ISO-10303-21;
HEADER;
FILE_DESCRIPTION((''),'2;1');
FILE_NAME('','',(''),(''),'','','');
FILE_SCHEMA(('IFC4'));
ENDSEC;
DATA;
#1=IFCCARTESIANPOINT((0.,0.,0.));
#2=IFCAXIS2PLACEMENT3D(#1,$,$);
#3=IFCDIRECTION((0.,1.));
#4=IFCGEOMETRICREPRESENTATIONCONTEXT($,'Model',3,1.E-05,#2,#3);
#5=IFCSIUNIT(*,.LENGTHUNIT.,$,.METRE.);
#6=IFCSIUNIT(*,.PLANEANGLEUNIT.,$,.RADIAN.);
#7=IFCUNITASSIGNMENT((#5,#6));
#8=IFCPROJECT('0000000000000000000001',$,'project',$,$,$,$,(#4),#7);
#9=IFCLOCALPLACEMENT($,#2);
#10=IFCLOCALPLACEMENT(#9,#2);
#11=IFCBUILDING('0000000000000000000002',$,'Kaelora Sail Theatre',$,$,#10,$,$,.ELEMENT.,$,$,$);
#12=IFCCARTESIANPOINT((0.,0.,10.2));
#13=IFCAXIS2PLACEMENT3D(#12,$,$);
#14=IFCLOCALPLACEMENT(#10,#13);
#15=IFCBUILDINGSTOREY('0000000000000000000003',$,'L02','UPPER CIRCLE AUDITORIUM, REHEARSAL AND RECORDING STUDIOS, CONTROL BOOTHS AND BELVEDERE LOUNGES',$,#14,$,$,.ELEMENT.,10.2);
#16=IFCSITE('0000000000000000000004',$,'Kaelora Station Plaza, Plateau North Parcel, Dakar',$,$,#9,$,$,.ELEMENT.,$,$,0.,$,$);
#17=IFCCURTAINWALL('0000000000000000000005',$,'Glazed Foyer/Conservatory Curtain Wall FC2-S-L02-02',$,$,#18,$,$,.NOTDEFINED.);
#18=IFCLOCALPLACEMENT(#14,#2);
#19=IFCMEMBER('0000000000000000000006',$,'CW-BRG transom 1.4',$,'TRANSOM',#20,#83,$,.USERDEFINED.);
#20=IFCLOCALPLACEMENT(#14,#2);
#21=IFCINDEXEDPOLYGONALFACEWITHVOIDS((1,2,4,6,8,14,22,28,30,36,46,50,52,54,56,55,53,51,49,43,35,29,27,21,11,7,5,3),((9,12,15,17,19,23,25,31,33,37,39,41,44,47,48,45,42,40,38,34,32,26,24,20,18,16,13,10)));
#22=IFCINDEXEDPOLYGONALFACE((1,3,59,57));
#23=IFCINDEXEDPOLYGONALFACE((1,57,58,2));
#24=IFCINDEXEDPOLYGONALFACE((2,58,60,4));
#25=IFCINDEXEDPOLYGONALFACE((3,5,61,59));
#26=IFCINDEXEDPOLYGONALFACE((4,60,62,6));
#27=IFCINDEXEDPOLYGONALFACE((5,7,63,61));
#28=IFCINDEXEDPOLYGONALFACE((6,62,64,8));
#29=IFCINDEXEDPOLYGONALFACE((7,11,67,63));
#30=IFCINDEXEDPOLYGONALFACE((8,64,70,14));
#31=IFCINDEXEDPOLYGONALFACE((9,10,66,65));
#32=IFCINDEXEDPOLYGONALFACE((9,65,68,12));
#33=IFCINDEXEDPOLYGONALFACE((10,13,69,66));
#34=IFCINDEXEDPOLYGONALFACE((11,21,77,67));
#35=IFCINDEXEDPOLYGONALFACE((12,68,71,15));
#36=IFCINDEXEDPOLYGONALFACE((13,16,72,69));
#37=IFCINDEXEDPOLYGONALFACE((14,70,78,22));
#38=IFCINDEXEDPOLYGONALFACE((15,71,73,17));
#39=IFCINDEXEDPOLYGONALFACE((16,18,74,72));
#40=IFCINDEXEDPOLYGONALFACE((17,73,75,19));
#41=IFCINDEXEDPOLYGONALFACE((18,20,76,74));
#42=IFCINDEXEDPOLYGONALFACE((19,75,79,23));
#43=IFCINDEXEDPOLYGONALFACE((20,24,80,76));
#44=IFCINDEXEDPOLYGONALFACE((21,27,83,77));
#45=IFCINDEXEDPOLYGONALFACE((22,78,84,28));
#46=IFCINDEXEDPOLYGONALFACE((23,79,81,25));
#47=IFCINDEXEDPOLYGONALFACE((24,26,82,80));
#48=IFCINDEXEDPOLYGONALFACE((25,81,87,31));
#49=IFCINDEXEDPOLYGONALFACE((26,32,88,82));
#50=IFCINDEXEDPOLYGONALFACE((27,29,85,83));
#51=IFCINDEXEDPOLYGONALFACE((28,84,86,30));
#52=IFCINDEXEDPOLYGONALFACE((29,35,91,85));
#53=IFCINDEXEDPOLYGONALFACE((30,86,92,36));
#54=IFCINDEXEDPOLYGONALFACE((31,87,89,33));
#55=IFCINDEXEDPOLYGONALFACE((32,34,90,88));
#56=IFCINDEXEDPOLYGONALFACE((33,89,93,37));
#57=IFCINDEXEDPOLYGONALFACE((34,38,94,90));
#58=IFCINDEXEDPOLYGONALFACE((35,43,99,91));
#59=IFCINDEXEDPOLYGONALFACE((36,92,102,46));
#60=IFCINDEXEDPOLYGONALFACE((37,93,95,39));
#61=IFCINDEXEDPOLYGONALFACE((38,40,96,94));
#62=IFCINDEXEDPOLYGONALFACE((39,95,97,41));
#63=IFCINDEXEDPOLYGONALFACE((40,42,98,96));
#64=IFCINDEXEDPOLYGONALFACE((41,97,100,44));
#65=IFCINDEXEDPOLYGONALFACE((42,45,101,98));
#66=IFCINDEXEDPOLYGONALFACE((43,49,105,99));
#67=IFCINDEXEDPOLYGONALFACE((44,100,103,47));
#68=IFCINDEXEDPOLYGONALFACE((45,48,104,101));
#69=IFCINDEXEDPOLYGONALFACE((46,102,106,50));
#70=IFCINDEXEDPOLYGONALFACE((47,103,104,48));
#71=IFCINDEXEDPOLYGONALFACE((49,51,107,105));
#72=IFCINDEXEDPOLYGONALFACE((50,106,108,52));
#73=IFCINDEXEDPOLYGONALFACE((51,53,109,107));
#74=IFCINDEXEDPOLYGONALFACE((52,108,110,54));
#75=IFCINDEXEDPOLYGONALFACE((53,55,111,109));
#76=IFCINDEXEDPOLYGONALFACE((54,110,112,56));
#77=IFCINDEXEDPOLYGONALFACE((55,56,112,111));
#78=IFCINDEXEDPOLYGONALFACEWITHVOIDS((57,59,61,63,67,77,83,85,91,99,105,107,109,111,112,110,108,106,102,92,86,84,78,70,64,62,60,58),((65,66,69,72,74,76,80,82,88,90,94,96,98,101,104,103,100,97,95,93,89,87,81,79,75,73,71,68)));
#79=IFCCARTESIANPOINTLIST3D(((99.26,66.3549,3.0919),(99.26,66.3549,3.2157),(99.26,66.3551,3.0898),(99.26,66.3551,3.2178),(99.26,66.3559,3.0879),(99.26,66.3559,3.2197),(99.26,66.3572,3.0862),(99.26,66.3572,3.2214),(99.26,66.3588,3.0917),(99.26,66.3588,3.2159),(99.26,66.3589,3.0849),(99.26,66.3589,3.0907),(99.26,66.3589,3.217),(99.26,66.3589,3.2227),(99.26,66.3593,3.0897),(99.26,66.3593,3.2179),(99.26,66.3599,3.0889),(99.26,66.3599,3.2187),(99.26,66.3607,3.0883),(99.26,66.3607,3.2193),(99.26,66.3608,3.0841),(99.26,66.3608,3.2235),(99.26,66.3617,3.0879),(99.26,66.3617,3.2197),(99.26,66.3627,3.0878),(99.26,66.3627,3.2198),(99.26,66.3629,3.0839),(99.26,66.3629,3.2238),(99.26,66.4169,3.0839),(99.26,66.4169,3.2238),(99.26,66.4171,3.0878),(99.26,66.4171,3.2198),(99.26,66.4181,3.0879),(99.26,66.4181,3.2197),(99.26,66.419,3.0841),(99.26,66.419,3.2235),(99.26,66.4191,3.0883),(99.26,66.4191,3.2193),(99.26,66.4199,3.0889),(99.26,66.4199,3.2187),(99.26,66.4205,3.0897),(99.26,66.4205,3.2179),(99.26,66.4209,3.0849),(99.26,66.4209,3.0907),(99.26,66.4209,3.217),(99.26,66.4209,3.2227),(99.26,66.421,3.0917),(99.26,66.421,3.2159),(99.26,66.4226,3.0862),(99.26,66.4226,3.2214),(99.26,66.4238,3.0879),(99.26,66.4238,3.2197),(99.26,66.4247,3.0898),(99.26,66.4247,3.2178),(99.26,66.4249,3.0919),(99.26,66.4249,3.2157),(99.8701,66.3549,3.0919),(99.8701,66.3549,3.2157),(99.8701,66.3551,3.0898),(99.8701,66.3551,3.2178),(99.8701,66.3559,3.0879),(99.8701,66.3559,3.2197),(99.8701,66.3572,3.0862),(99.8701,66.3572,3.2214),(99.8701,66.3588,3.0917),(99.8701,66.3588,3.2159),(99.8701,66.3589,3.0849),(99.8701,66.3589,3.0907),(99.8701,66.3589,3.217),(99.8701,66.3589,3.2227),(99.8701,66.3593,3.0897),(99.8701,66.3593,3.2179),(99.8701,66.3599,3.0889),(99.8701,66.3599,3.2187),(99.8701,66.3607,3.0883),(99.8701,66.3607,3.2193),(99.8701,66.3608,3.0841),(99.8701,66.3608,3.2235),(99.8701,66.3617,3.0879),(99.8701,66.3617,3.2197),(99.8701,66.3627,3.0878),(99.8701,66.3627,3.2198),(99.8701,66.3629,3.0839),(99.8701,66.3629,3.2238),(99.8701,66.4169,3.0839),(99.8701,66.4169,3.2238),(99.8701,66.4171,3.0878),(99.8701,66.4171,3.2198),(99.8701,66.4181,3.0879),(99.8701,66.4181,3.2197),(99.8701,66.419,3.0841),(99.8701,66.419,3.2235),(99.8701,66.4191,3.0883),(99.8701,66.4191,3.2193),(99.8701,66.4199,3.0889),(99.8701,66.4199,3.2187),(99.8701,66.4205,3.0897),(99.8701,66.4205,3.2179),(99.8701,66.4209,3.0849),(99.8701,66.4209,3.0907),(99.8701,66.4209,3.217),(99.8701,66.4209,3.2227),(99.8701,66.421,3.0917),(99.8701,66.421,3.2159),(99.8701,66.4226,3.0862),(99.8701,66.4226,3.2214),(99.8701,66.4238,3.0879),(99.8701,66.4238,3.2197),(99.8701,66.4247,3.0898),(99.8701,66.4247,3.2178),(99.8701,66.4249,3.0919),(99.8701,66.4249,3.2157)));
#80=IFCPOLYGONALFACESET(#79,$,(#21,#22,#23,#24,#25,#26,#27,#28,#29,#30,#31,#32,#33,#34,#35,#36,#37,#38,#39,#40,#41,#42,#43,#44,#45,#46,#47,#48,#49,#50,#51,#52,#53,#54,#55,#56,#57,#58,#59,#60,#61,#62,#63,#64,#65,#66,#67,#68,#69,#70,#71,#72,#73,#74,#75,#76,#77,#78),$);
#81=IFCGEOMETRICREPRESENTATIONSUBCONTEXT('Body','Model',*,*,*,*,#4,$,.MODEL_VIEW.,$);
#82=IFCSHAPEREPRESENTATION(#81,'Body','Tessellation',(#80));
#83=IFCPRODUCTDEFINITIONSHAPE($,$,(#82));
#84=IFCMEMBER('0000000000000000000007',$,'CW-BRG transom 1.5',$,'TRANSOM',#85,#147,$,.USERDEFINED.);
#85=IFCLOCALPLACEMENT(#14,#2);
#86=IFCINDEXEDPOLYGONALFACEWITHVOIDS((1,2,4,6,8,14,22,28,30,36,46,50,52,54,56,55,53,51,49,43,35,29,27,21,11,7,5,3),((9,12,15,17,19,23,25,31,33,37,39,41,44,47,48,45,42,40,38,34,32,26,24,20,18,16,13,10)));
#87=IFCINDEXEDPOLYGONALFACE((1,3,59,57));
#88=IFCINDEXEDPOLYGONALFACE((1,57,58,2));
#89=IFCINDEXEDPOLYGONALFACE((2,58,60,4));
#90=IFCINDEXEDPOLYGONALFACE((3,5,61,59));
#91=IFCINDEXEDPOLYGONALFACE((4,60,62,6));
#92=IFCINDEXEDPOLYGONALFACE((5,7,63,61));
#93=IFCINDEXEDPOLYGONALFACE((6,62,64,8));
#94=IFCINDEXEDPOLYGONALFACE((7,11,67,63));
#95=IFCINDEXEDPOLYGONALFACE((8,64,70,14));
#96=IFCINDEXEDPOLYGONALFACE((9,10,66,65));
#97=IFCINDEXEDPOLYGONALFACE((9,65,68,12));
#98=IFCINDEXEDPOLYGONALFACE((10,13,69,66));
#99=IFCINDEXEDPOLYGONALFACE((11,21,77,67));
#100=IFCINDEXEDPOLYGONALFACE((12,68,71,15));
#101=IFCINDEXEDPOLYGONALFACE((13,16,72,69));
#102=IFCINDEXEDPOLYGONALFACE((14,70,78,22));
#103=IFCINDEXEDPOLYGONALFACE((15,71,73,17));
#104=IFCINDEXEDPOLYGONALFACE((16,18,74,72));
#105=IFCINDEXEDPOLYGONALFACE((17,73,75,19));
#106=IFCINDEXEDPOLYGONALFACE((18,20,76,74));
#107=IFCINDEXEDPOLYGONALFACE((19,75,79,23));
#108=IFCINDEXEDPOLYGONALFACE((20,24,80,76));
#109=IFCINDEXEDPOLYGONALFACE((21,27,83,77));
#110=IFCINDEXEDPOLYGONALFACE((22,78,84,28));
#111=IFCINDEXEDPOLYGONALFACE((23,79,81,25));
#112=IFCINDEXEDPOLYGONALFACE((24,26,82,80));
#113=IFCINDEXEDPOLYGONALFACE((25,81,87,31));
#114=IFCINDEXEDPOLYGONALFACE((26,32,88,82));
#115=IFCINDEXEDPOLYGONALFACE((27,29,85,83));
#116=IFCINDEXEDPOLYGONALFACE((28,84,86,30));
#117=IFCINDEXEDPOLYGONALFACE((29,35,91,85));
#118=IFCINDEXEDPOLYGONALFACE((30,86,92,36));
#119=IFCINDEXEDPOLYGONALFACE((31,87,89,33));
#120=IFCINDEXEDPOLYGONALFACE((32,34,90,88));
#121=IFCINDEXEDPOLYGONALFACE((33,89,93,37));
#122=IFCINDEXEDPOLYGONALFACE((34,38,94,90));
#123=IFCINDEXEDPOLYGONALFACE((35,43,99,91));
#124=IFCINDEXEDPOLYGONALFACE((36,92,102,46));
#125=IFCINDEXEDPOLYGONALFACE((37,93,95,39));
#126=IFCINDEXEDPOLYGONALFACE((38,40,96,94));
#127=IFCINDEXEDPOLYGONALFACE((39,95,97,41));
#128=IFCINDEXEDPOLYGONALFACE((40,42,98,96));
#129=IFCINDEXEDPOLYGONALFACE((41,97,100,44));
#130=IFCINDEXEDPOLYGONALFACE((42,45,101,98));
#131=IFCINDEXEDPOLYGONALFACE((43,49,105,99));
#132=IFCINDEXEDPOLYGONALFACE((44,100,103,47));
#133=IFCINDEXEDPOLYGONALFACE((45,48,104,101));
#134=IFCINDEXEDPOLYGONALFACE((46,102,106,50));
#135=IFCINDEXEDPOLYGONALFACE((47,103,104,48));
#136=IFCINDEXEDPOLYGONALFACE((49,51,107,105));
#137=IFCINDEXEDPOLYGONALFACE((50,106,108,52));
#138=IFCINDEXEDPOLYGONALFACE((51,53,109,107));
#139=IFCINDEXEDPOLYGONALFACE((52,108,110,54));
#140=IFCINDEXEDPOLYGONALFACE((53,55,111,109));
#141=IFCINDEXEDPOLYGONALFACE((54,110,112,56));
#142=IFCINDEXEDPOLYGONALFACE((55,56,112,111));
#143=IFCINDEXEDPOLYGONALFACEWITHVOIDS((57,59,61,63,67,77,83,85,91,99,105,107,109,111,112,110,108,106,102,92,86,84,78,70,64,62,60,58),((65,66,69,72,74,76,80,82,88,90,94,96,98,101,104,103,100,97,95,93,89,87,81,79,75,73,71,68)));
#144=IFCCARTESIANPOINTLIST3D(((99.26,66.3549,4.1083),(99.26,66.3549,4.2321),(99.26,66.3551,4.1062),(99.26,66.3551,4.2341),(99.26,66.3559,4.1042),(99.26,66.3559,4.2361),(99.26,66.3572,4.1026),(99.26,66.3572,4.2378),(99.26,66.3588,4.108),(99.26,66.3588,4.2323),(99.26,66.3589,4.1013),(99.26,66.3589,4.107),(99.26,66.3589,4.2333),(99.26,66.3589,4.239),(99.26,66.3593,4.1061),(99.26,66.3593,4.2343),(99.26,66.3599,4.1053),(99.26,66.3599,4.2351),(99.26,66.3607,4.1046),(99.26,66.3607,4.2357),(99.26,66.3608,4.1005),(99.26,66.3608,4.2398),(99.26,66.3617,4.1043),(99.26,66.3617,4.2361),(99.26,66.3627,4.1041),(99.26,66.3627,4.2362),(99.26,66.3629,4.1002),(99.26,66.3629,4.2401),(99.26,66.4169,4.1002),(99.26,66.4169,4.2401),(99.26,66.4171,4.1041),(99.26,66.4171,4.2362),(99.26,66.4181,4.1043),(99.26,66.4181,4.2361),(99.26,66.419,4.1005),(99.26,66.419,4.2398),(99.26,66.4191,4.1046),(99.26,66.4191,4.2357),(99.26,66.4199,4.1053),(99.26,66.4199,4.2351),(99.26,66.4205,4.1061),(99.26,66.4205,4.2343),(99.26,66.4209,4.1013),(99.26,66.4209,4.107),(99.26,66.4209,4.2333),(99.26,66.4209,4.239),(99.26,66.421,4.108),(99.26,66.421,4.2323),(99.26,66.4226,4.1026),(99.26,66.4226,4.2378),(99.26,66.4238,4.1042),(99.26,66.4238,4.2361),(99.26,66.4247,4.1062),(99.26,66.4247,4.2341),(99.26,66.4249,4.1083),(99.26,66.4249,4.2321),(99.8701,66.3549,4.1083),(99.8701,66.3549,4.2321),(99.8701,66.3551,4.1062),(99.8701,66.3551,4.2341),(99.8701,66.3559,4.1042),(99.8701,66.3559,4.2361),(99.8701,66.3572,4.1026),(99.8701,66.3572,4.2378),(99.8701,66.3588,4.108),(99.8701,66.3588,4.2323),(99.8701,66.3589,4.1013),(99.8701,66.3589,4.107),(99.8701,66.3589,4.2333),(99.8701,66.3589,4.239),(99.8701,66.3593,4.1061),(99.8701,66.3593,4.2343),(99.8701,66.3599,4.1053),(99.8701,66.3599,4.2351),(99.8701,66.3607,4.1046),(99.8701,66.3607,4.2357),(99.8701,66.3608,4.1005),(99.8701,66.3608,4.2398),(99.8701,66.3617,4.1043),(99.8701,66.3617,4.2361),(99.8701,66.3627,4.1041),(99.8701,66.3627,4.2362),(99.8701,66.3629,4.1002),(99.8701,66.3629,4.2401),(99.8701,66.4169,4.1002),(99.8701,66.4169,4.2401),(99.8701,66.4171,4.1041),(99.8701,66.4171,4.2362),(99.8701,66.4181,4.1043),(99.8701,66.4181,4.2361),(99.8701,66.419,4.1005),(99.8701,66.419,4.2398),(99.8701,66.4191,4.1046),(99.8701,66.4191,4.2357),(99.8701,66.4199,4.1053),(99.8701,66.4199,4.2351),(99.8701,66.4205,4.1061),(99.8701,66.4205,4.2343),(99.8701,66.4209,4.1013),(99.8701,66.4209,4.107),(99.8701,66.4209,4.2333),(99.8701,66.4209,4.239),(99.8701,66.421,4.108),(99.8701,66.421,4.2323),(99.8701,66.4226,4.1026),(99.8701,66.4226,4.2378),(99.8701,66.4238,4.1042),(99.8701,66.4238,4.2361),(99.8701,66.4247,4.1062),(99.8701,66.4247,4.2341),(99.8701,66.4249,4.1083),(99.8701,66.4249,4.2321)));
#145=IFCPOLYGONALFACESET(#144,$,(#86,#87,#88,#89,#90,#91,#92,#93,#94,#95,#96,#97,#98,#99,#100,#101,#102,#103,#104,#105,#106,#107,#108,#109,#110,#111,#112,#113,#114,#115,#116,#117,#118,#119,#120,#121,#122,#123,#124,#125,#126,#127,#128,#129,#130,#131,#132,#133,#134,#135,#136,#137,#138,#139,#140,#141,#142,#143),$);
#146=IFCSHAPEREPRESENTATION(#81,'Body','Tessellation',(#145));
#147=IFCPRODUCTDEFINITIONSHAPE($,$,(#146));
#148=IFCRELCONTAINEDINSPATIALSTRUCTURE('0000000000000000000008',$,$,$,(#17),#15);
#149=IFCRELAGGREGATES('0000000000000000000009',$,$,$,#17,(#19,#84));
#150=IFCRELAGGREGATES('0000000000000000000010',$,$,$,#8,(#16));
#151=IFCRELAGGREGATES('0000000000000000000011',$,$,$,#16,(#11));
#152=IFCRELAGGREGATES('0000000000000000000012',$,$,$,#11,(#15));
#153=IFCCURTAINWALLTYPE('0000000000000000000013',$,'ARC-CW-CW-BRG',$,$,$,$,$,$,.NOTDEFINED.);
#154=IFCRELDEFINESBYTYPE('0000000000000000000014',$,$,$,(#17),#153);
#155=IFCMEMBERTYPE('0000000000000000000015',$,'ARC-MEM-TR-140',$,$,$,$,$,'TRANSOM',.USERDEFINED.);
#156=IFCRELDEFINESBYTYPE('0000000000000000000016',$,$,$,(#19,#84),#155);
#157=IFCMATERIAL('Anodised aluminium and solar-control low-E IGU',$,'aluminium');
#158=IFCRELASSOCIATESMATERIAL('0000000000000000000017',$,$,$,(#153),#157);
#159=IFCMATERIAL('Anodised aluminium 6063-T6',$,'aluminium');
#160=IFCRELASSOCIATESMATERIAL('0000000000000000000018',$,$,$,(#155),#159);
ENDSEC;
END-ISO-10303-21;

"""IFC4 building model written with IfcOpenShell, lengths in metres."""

from ifc_helpers import new_model, si_unit, direction, frame, origin, origin_2d, place, context, subcontext, project, spatial, hollow_rectangle, extrude, material, material_profile, profile_set, type_object, element, aggregate, save


model = new_model("IFC4")

# Units and contexts
model_context = context("Model", 3, precision=1e-05, world=origin(), true_north=direction((0.0, 1.0)))
body_context = subcontext(model_context, "Body", "Model", "MODEL_VIEW")
ifc_project = project(units=[si_unit("LENGTHUNIT", "METRE"), si_unit("PLANEANGLEUNIT", "RADIAN")], contexts=[model_context])

# Site, building, storey
site_placement = place(None, origin())
site = spatial("IfcSite", under=ifc_project, at=site_placement, Name="Kaelora Station Plaza, Plateau North Parcel, Dakar", CompositionType="ELEMENT", RefElevation=0.0)
building_placement = place(site_placement, origin())
building = spatial("IfcBuilding", under=site, at=building_placement, Name="Kaelora Sail Theatre", CompositionType="ELEMENT")
storey_placement = place(building_placement, frame((0.0, 0.0, 10.2)))
storey = spatial("IfcBuildingStorey", under=building, at=storey_placement, Name="L02", Description="UPPER CIRCLE AUDITORIUM, REHEARSAL AND RECORDING STUDIOS, CONTROL BOOTHS AND BELVEDERE LOUNGES", CompositionType="ELEMENT", Elevation=10.2)

# Curtain wall
ifc_material_1 = material(Name="Anodised aluminium and solar-control low-E IGU", Category="aluminium")
curtain_wall_type = type_object("IfcCurtainWallType", Name="ARC-CW-CW-BRG", PredefinedType="NOTDEFINED", material=ifc_material_1)
curtain_wall_1_placement = place(storey_placement, origin())
curtain_wall_1 = element("IfcCurtainWall", 1, at=curtain_wall_1_placement, inside=storey, type_object=curtain_wall_type, Name="Glazed Foyer/Conservatory Curtain Wall FC2-S-L02-02", PredefinedType="NOTDEFINED")

# Members
ifc_material_2 = material(Name="Anodised aluminium 6063-T6", Category="aluminium")
ifc_material_profile_1 = material_profile(ifc_material_2, hollow_rectangle(XDim=0.0701, YDim=0.1399, WallThickness=0.0039, InnerFilletRadius=0.0039, OuterFilletRadius=0.0081, at=origin_2d()), Name="ALU-TRAN 70x140x4")
ifc_profile_set_1 = profile_set([ifc_material_profile_1], Name="Anodised aluminium 6063-T6")
member_type_1 = type_object("IfcMemberType", Name="ARC-MEM-TR-140", ElementType="TRANSOM", PredefinedType="USERDEFINED", material=ifc_profile_set_1)
member_1_placement = place(storey_placement, frame((99.26, 66.3899, 3.1538), z_axis=(1.0, 0.0, 0.0), x_axis=(0.0, 1.0, 0.0)))
member_1 = element("IfcMember", 2, at=member_1_placement, type_object=member_type_1, Name="CW-BRG transom 1.4", ObjectType="TRANSOM", PredefinedType="USERDEFINED", context=body_context, shape_type="SweptSolid", body=[
    extrude(hollow_rectangle(XDim=0.0701, YDim=0.1399, WallThickness=0.0039, InnerFilletRadius=0.0039, OuterFilletRadius=0.0081, at=origin_2d()), origin(), (0.0, 0.0, 1.0), 0.6101),
])
member_2_placement = place(storey_placement, frame((99.26, 66.3899, 4.1702), z_axis=(1.0, 0.0, 0.0), x_axis=(0.0, 1.0, 0.0)))
member_2 = element("IfcMember", 3, at=member_2_placement, type_object=member_type_1, Name="CW-BRG transom 1.5", ObjectType="TRANSOM", PredefinedType="USERDEFINED", context=body_context, shape_type="SweptSolid", body=[
    extrude(hollow_rectangle(XDim=0.0701, YDim=0.1399, WallThickness=0.0039, InnerFilletRadius=0.0039, OuterFilletRadius=0.0081, at=origin_2d()), origin(), (0.0, 0.0, 1.0), 0.6101),
])

aggregate(curtain_wall_1, [member_1, member_2])

save(model, "model.ifc")
